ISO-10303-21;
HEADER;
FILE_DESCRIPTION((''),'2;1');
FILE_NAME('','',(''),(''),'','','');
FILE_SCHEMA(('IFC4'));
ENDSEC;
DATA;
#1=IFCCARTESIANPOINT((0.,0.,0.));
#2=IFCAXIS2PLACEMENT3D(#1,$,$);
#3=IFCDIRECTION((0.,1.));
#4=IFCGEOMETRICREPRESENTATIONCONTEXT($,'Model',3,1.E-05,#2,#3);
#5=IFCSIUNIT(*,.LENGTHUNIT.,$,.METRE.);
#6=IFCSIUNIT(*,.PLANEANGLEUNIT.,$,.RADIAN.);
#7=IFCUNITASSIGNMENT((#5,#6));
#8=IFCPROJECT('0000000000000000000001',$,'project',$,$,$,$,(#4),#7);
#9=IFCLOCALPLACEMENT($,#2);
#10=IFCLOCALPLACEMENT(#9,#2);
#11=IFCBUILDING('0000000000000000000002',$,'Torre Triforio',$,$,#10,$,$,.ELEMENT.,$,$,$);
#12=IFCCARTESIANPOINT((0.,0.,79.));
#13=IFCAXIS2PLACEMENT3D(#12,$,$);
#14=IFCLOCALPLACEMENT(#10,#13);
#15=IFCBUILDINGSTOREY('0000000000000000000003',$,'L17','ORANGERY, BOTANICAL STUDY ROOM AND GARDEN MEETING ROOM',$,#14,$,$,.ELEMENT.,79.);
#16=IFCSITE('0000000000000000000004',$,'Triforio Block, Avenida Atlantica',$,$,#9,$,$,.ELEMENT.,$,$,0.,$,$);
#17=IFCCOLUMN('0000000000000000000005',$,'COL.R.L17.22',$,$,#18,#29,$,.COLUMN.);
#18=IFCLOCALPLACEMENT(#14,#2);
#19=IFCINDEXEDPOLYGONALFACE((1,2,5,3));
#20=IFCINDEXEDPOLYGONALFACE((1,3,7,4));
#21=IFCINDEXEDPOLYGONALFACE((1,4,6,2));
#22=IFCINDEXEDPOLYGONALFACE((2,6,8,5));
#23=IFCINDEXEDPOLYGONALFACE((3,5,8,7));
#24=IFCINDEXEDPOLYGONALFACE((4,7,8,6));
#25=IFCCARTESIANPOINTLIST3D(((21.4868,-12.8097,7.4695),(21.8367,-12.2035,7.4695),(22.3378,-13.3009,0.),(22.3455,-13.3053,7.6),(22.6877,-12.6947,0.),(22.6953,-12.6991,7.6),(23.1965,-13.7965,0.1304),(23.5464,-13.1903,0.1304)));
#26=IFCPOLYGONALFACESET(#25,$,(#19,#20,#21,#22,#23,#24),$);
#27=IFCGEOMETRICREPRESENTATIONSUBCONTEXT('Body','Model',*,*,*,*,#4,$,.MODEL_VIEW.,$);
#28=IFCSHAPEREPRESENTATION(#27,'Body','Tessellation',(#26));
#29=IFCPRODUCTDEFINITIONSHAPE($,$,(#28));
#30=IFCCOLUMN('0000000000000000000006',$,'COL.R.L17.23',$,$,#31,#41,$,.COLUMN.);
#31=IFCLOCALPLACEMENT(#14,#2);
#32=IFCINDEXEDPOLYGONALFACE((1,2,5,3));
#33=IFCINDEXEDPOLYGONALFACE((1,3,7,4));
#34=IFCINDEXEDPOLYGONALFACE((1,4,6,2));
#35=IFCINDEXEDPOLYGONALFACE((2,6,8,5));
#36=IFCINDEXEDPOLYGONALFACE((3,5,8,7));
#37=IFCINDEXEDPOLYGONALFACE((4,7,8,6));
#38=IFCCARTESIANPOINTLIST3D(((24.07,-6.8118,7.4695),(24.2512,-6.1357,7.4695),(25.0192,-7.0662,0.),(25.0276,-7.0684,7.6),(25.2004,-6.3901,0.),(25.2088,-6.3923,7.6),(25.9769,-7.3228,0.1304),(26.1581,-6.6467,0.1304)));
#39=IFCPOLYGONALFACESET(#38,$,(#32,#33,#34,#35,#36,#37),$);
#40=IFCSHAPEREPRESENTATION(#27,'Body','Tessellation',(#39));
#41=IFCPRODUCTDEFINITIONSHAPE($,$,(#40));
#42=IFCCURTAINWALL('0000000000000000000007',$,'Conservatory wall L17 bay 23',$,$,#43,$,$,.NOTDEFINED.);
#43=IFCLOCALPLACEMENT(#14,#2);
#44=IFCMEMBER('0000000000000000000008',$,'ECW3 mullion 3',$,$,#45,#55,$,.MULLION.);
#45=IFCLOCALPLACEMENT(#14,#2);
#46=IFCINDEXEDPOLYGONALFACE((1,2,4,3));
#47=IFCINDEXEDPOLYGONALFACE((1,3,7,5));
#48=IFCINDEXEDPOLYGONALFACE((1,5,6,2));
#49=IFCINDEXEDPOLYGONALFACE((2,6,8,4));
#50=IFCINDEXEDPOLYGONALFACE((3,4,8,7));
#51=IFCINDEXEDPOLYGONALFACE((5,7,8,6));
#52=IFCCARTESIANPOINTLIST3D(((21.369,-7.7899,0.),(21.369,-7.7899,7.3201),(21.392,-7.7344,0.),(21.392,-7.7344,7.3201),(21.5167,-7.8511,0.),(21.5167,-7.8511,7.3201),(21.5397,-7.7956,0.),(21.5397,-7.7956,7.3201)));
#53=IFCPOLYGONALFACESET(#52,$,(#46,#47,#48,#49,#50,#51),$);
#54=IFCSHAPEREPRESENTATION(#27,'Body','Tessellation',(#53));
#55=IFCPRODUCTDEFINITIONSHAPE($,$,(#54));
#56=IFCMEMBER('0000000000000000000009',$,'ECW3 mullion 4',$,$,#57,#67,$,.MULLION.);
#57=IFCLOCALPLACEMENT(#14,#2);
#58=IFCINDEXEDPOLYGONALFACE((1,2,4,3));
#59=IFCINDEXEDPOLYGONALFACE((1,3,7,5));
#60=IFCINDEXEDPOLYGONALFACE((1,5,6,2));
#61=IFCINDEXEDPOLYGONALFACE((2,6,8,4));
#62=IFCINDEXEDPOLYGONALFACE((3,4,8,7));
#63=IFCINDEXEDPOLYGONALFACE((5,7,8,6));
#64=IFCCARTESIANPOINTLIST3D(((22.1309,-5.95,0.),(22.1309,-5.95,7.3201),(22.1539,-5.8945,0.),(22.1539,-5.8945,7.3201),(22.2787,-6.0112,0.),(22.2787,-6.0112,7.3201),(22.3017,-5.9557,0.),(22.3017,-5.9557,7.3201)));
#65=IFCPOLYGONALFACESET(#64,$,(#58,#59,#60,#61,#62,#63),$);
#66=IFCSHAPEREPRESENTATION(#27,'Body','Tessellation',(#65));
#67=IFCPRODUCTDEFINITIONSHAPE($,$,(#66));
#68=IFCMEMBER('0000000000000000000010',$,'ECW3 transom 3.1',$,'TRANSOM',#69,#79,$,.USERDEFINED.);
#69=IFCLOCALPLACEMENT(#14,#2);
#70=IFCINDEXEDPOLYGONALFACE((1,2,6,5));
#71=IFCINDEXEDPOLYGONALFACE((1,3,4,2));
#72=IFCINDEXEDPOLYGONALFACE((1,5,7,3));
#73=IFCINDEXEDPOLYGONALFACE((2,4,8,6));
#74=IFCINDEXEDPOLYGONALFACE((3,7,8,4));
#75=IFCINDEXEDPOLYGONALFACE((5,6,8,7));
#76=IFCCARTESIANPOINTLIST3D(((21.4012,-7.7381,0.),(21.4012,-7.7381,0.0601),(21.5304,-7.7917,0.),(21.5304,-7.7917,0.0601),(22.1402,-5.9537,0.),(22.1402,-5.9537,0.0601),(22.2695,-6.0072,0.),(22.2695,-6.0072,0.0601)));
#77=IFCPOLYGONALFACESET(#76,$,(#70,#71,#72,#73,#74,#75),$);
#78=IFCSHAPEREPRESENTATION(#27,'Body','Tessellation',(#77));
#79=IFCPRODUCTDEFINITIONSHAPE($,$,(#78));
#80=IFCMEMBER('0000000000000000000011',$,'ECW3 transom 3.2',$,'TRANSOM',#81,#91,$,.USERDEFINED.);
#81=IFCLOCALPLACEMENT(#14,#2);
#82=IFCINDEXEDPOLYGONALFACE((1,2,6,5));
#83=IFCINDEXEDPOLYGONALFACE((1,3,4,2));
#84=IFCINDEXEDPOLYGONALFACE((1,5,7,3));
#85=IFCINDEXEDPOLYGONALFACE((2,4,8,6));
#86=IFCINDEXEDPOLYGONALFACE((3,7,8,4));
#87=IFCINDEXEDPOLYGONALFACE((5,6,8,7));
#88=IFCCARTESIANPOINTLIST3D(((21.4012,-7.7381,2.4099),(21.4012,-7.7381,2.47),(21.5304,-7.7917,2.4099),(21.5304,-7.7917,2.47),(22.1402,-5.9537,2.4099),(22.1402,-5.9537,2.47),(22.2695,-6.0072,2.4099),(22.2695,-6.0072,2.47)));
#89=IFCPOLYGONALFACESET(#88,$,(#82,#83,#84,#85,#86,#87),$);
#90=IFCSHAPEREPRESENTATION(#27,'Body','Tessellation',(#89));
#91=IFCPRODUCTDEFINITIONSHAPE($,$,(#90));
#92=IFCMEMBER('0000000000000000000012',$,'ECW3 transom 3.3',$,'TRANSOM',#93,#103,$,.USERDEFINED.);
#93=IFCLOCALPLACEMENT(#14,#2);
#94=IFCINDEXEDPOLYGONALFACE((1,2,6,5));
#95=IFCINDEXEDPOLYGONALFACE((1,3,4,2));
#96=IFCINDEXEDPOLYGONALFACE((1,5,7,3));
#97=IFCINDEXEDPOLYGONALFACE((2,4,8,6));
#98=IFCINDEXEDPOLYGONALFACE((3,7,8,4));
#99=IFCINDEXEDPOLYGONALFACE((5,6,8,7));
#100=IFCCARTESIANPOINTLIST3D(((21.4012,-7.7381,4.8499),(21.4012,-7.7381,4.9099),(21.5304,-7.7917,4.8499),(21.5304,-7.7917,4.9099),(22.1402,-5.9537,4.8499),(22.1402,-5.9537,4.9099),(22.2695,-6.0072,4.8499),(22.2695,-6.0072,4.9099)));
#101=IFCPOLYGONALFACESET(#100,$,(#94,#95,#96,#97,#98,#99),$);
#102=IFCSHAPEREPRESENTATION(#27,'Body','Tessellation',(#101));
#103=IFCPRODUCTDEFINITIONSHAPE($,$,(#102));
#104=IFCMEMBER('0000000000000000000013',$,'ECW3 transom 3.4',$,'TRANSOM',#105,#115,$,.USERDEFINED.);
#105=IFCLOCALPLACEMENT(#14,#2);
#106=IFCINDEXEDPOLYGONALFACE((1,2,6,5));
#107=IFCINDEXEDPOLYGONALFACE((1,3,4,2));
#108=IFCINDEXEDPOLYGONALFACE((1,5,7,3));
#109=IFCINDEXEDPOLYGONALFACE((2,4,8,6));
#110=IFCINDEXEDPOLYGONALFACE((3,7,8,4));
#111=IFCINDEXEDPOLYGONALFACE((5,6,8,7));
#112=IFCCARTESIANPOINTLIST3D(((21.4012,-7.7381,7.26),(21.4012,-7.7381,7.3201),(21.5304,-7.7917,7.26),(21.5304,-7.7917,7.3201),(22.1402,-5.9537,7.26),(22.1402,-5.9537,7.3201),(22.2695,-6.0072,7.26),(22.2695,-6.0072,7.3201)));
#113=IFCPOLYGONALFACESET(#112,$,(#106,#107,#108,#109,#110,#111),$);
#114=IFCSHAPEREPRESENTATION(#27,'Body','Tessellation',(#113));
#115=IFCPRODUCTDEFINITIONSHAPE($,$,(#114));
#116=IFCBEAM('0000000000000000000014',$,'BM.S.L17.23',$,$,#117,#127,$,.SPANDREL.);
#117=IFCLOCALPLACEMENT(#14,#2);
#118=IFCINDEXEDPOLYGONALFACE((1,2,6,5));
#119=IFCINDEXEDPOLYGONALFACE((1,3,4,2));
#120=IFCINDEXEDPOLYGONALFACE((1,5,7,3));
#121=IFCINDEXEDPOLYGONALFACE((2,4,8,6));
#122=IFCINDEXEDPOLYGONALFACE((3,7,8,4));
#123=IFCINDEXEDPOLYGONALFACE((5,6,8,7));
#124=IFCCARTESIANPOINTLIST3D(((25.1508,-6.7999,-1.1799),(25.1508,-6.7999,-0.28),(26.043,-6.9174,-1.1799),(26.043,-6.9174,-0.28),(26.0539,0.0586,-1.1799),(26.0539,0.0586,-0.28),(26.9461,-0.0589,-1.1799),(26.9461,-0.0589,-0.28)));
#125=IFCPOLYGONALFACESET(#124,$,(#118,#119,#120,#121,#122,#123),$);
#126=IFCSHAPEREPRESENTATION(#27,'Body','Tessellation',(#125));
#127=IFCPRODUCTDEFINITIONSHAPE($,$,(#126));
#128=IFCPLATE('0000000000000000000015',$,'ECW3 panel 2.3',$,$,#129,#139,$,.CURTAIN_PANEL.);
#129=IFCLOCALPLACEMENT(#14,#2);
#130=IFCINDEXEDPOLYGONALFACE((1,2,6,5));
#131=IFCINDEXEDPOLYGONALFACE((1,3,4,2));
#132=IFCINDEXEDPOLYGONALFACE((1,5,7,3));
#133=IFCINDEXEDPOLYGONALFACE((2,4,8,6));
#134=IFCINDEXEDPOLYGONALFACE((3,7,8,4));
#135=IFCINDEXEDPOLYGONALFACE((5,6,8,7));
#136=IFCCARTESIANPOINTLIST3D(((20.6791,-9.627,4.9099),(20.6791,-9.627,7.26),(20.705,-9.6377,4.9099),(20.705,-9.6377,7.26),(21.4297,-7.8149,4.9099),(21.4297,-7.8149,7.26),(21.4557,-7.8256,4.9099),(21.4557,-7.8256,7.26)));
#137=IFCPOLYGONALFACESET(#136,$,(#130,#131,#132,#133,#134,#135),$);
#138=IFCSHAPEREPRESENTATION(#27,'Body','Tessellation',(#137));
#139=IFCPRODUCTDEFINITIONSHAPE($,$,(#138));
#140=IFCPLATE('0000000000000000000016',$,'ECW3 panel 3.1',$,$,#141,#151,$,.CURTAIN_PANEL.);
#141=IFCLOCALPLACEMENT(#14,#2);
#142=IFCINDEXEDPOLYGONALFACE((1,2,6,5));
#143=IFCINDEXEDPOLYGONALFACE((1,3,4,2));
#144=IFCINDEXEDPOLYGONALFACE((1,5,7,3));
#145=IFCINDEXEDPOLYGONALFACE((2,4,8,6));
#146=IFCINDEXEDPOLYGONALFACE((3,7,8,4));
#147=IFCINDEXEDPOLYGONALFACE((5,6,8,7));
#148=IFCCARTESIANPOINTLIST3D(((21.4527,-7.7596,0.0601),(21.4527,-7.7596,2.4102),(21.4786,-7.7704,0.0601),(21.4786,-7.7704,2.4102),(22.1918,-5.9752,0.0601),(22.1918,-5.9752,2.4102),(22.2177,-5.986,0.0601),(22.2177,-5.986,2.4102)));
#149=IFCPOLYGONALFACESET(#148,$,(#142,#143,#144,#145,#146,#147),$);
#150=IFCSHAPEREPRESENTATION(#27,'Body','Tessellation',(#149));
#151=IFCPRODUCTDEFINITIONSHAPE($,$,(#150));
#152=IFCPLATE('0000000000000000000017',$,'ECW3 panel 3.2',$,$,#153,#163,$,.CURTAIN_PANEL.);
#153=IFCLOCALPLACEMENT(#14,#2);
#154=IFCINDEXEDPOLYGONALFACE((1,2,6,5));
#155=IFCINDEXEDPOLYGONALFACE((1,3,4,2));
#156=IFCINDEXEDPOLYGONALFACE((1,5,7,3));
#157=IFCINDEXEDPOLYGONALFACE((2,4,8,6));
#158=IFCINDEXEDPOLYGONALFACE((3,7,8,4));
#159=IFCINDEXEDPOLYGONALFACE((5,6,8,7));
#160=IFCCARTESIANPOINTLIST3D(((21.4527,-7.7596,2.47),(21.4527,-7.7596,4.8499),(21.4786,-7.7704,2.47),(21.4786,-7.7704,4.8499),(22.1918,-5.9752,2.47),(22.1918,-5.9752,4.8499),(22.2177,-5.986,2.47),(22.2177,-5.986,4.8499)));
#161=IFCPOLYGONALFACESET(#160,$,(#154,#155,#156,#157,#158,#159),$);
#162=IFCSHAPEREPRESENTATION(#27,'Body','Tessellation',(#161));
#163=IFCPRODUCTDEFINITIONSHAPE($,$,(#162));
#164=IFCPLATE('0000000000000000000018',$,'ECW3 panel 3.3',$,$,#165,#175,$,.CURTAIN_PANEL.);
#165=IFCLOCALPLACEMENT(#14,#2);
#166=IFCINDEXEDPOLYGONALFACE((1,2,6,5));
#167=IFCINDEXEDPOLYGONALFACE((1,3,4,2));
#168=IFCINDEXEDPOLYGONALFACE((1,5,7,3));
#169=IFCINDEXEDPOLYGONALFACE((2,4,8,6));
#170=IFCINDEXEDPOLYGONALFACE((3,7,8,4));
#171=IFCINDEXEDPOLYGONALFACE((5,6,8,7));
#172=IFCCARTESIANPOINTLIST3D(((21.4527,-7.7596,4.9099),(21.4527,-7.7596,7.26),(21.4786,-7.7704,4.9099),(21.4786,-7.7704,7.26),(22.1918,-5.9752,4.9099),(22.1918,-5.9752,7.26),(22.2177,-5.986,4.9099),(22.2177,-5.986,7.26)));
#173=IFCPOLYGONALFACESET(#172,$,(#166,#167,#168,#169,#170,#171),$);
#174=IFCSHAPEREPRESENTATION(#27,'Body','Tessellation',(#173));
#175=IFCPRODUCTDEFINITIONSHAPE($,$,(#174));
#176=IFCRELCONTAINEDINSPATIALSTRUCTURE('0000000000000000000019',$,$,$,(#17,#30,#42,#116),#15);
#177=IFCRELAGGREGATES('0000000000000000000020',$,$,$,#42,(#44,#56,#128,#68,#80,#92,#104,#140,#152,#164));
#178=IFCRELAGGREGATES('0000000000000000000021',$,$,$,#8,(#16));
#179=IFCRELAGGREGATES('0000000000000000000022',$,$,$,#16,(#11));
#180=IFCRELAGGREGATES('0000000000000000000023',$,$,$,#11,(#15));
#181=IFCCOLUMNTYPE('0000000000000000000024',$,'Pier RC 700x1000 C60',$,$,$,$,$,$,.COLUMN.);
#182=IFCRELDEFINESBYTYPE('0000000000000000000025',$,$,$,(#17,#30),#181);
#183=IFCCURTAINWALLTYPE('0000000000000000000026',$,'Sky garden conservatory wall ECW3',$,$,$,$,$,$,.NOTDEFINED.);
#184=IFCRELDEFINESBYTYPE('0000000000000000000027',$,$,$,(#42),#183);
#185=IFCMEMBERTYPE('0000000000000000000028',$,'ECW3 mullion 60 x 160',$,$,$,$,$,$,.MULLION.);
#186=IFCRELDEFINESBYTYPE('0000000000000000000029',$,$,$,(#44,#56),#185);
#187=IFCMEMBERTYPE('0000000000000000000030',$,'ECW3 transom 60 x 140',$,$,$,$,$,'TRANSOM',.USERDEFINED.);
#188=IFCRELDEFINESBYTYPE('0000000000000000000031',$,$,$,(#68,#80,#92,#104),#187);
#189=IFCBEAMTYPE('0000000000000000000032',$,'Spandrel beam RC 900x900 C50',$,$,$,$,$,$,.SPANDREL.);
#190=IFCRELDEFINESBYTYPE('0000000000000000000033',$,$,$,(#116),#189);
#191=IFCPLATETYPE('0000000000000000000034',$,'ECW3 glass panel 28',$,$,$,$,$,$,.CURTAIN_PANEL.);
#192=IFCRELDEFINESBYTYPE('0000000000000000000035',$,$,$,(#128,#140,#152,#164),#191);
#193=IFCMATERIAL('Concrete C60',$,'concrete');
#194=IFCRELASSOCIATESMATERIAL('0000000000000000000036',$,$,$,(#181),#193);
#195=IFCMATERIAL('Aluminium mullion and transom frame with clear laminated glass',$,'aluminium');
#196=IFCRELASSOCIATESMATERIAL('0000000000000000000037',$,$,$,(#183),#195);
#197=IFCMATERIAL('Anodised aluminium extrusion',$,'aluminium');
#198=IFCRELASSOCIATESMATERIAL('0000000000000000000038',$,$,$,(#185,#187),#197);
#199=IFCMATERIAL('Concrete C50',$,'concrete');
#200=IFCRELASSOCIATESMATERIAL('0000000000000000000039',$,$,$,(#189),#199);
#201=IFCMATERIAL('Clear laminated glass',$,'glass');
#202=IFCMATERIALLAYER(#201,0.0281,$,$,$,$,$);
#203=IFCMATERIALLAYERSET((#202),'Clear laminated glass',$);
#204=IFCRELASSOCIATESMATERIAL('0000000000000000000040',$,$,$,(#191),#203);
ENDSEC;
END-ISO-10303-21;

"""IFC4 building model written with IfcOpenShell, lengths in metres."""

from ifc_helpers import new_model, si_unit, direction, frame, origin, origin_2d, place, context, subcontext, project, spatial, rectangle, extrude, material, layer, layer_set, material_profile, profile_set, type_object, element, aggregate, save


model = new_model("IFC4")

# Units and contexts
model_context = context("Model", 3, precision=1e-05, world=origin(), true_north=direction((0.0, 1.0)))
body_context = subcontext(model_context, "Body", "Model", "MODEL_VIEW")
ifc_project = project(units=[si_unit("LENGTHUNIT", "METRE"), si_unit("PLANEANGLEUNIT", "RADIAN")], contexts=[model_context])

# Site, building, storey
site_placement = place(None, origin())
site = spatial("IfcSite", under=ifc_project, at=site_placement, Name="Triforio Block, Avenida Atlantica", CompositionType="ELEMENT", RefElevation=0.0)
building_placement = place(site_placement, origin())
building = spatial("IfcBuilding", under=site, at=building_placement, Name="Torre Triforio", CompositionType="ELEMENT")
storey_placement = place(building_placement, frame((0.0, 0.0, 79.0)))
storey = spatial("IfcBuildingStorey", under=building, at=storey_placement, Name="L17", Description="ORANGERY, BOTANICAL STUDY ROOM AND GARDEN MEETING ROOM", CompositionType="ELEMENT", Elevation=79.0)

# Columns
ifc_material_1 = material(Name="Concrete C60", Category="concrete")
ifc_material_profile_1 = material_profile(ifc_material_1, rectangle(XDim=0.7, YDim=1.0, at=origin_2d()), Name="RC 700x1000")
ifc_profile_set_1 = profile_set([ifc_material_profile_1], Name="Concrete C60")
column_type = type_object("IfcColumnType", Name="Pier RC 700x1000 C60", PredefinedType="COLUMN", material=ifc_profile_set_1)
for number, where, z_axis, x_axis, name in (
    (1, (22.9421, -13.2456, 0.0652), (-0.112967, 0.065201, 0.991457), (-0.49988, -0.866095, 0.0), "COL.R.L17.22"),
    (2, (25.5886, -6.8564, 0.0652), (-0.125994, 0.033767, 0.991456), (-0.258869, -0.965913, 0.0), "COL.R.L17.23"),
):
    element("IfcColumn", number, at=place(storey_placement, frame(where, z_axis=z_axis, x_axis=x_axis)), inside=storey, type_object=column_type, Name=name, PredefinedType="COLUMN", context=body_context, shape_type="SweptSolid", body=[
        extrude(rectangle(XDim=0.7, YDim=1.0, at=origin_2d()), origin(), (0.0, 0.0, 1.0), 7.5339),
    ])

# Curtain wall, members
ifc_material_2 = material(Name="Aluminium mullion and transom frame with clear laminated glass", Category="aluminium")
curtain_wall_type = type_object("IfcCurtainWallType", Name="Sky garden conservatory wall ECW3", PredefinedType="NOTDEFINED", material=ifc_material_2)
curtain_wall_placement = place(storey_placement, origin())
curtain_wall = element("IfcCurtainWall", 3, at=curtain_wall_placement, inside=storey, type_object=curtain_wall_type, Name="Conservatory wall L17 bay 23", PredefinedType="NOTDEFINED")
ifc_material_3 = material(Name="Anodised aluminium extrusion", Category="aluminium")
ifc_material_profile_2 = material_profile(ifc_material_3, rectangle(XDim=0.1599, YDim=0.0601, at=origin_2d()), Name="ECW3 MULLION 60x160")
ifc_profile_set_2 = profile_set([ifc_material_profile_2], Name="Anodised aluminium extrusion")
member_type_1 = type_object("IfcMemberType", Name="ECW3 mullion 60 x 160", PredefinedType="MULLION", material=ifc_profile_set_2)
member_1_placement = place(storey_placement, frame((21.4543, -7.7927, 0.0), z_axis=(0.0, 0.0, 1.0), x_axis=(-0.923878, 0.382687, 0.0)))
member_1 = element("IfcMember", 4, at=member_1_placement, type_object=member_type_1, Name="ECW3 mullion 3", PredefinedType="MULLION", context=body_context, shape_type="SweptSolid", body=[
    extrude(rectangle(XDim=0.1599, YDim=0.0601, at=origin_2d()), origin(), (0.0, 0.0, 1.0), 7.3201),
])
member_2_placement = place(storey_placement, frame((22.2163, -5.9529, 0.0), z_axis=(0.0, 0.0, 1.0), x_axis=(-0.923878, 0.382687, 0.0)))
member_2 = element("IfcMember", 5, at=member_2_placement, type_object=member_type_1, Name="ECW3 mullion 4", PredefinedType="MULLION", context=body_context, shape_type="SweptSolid", body=[
    extrude(rectangle(XDim=0.1599, YDim=0.0601, at=origin_2d()), origin(), (0.0, 0.0, 1.0), 7.3201),
])
ifc_material_profile_3 = material_profile(ifc_material_3, rectangle(XDim=0.1399, YDim=0.0601, at=origin_2d()), Name="ECW3 TRANSOM 60x140")
ifc_profile_set_3 = profile_set([ifc_material_profile_3], Name="Anodised aluminium extrusion")
member_type_2 = type_object("IfcMemberType", Name="ECW3 transom 60 x 140", ElementType="TRANSOM", PredefinedType="USERDEFINED", material=ifc_profile_set_3)
member_3_placement = place(storey_placement, frame((21.4658, -7.7649, 0.03), z_axis=(0.382631, 0.923901, 0.0), x_axis=(-0.923901, 0.382631, 0.0)))
member_3 = element("IfcMember", 6, at=member_3_placement, type_object=member_type_2, Name="ECW3 transom 3.1", ObjectType="TRANSOM", PredefinedType="USERDEFINED", context=body_context, shape_type="SweptSolid", body=[
    extrude(rectangle(XDim=0.1399, YDim=0.0601, at=origin_2d()), origin(), (0.0, 0.0, 1.0), 1.9314),
])
member_4_placement = place(storey_placement, frame((21.4658, -7.7649, 2.4399), z_axis=(0.382631, 0.923901, 0.0), x_axis=(-0.923901, 0.382631, 0.0)))
member_4 = element("IfcMember", 7, at=member_4_placement, type_object=member_type_2, Name="ECW3 transom 3.2", ObjectType="TRANSOM", PredefinedType="USERDEFINED", context=body_context, shape_type="SweptSolid", body=[
    extrude(rectangle(XDim=0.1399, YDim=0.0601, at=origin_2d()), origin(), (0.0, 0.0, 1.0), 1.9314),
])
member_5_placement = place(storey_placement, frame((21.4658, -7.7649, 4.8799), z_axis=(0.382631, 0.923901, 0.0), x_axis=(-0.923901, 0.382631, 0.0)))
member_5 = element("IfcMember", 8, at=member_5_placement, type_object=member_type_2, Name="ECW3 transom 3.3", ObjectType="TRANSOM", PredefinedType="USERDEFINED", context=body_context, shape_type="SweptSolid", body=[
    extrude(rectangle(XDim=0.1399, YDim=0.0601, at=origin_2d()), origin(), (0.0, 0.0, 1.0), 1.9314),
])
member_6_placement = place(storey_placement, frame((21.4658, -7.7649, 7.29), z_axis=(0.382631, 0.923901, 0.0), x_axis=(-0.923901, 0.382631, 0.0)))
member_6 = element("IfcMember", 9, at=member_6_placement, type_object=member_type_2, Name="ECW3 transom 3.4", ObjectType="TRANSOM", PredefinedType="USERDEFINED", context=body_context, shape_type="SweptSolid", body=[
    extrude(rectangle(XDim=0.1399, YDim=0.0601, at=origin_2d()), origin(), (0.0, 0.0, 1.0), 1.9314),
])

# Beam
ifc_material_4 = material(Name="Concrete C50", Category="concrete")
ifc_material_profile_4 = material_profile(ifc_material_4, rectangle(XDim=0.8999, YDim=0.8999, at=origin_2d()), Name="RC 900x900")
ifc_profile_set_4 = profile_set([ifc_material_profile_4], Name="Concrete C50")
beam_type = type_object("IfcBeamType", Name="Spandrel beam RC 900x900 C50", PredefinedType="SPANDREL", material=ifc_profile_set_4)
beam_placement = place(storey_placement, frame((25.5969, -6.8586, -0.73), z_axis=(0.130543, 0.991443, 0.0), x_axis=(-0.991443, 0.130543, 0.0)))
element("IfcBeam", 10, at=beam_placement, inside=storey, type_object=beam_type, Name="BM.S.L17.23", PredefinedType="SPANDREL", context=body_context, shape_type="SweptSolid", body=[
    extrude(rectangle(XDim=0.8999, YDim=0.8999, at=origin_2d()), origin(), (0.0, 0.0, 1.0), 6.9177),
])

# Plates
ifc_material_5 = material(Name="Clear laminated glass", Category="glass")
ifc_layer_1 = layer(ifc_material_5, 0.0281)
ifc_layer_set_1 = layer_set([ifc_layer_1], Name="Clear laminated glass")
plate_type = type_object("IfcPlateType", Name="ECW3 glass panel 28", PredefinedType="CURTAIN_PANEL", material=ifc_layer_set_1)
plate_1_placement = place(storey_placement, frame((21.0674, -8.7263, 4.9099), z_axis=(0.0, 0.0, 1.0), x_axis=(0.382687, 0.923878, 0.0)))
plate_1 = element("IfcPlate", 11, at=plate_1_placement, type_object=plate_type, Name="ECW3 panel 2.3", PredefinedType="CURTAIN_PANEL", context=body_context, shape_type="SweptSolid", body=[
    extrude(rectangle(XDim=1.9614, YDim=0.0281, at=origin_2d()), origin(), (0.0, 0.0, 1.0), 2.3501),
])
plate_2_placement = place(storey_placement, frame((21.8352, -6.8728, 0.0601), z_axis=(0.0, 0.0, 1.0), x_axis=(0.382687, 0.923878, 0.0)))
plate_2 = element("IfcPlate", 12, at=plate_2_placement, type_object=plate_type, Name="ECW3 panel 3.1", PredefinedType="CURTAIN_PANEL", context=body_context, shape_type="SweptSolid", body=[
    extrude(rectangle(XDim=1.9314, YDim=0.0281, at=origin_2d()), origin(), (0.0, 0.0, 1.0), 2.3501),
])
plate_3_placement = place(storey_placement, frame((21.8352, -6.8728, 2.47), z_axis=(0.0, 0.0, 1.0), x_axis=(0.382687, 0.923878, 0.0)))
plate_3 = element("IfcPlate", 13, at=plate_3_placement, type_object=plate_type, Name="ECW3 panel 3.2", PredefinedType="CURTAIN_PANEL", context=body_context, shape_type="SweptSolid", body=[
    extrude(rectangle(XDim=1.9314, YDim=0.0281, at=origin_2d()), origin(), (0.0, 0.0, 1.0), 2.3799),
])
plate_4_placement = place(storey_placement, frame((21.8352, -6.8728, 4.9099), z_axis=(0.0, 0.0, 1.0), x_axis=(0.382687, 0.923878, 0.0)))
plate_4 = element("IfcPlate", 14, at=plate_4_placement, type_object=plate_type, Name="ECW3 panel 3.3", PredefinedType="CURTAIN_PANEL", context=body_context, shape_type="SweptSolid", body=[
    extrude(rectangle(XDim=1.9314, YDim=0.0281, at=origin_2d()), origin(), (0.0, 0.0, 1.0), 2.3501),
])
aggregate(curtain_wall, [member_1, member_2, plate_1, member_3, member_4, member_5, member_6, plate_2, plate_3, plate_4])

save(model, "model.ifc")
